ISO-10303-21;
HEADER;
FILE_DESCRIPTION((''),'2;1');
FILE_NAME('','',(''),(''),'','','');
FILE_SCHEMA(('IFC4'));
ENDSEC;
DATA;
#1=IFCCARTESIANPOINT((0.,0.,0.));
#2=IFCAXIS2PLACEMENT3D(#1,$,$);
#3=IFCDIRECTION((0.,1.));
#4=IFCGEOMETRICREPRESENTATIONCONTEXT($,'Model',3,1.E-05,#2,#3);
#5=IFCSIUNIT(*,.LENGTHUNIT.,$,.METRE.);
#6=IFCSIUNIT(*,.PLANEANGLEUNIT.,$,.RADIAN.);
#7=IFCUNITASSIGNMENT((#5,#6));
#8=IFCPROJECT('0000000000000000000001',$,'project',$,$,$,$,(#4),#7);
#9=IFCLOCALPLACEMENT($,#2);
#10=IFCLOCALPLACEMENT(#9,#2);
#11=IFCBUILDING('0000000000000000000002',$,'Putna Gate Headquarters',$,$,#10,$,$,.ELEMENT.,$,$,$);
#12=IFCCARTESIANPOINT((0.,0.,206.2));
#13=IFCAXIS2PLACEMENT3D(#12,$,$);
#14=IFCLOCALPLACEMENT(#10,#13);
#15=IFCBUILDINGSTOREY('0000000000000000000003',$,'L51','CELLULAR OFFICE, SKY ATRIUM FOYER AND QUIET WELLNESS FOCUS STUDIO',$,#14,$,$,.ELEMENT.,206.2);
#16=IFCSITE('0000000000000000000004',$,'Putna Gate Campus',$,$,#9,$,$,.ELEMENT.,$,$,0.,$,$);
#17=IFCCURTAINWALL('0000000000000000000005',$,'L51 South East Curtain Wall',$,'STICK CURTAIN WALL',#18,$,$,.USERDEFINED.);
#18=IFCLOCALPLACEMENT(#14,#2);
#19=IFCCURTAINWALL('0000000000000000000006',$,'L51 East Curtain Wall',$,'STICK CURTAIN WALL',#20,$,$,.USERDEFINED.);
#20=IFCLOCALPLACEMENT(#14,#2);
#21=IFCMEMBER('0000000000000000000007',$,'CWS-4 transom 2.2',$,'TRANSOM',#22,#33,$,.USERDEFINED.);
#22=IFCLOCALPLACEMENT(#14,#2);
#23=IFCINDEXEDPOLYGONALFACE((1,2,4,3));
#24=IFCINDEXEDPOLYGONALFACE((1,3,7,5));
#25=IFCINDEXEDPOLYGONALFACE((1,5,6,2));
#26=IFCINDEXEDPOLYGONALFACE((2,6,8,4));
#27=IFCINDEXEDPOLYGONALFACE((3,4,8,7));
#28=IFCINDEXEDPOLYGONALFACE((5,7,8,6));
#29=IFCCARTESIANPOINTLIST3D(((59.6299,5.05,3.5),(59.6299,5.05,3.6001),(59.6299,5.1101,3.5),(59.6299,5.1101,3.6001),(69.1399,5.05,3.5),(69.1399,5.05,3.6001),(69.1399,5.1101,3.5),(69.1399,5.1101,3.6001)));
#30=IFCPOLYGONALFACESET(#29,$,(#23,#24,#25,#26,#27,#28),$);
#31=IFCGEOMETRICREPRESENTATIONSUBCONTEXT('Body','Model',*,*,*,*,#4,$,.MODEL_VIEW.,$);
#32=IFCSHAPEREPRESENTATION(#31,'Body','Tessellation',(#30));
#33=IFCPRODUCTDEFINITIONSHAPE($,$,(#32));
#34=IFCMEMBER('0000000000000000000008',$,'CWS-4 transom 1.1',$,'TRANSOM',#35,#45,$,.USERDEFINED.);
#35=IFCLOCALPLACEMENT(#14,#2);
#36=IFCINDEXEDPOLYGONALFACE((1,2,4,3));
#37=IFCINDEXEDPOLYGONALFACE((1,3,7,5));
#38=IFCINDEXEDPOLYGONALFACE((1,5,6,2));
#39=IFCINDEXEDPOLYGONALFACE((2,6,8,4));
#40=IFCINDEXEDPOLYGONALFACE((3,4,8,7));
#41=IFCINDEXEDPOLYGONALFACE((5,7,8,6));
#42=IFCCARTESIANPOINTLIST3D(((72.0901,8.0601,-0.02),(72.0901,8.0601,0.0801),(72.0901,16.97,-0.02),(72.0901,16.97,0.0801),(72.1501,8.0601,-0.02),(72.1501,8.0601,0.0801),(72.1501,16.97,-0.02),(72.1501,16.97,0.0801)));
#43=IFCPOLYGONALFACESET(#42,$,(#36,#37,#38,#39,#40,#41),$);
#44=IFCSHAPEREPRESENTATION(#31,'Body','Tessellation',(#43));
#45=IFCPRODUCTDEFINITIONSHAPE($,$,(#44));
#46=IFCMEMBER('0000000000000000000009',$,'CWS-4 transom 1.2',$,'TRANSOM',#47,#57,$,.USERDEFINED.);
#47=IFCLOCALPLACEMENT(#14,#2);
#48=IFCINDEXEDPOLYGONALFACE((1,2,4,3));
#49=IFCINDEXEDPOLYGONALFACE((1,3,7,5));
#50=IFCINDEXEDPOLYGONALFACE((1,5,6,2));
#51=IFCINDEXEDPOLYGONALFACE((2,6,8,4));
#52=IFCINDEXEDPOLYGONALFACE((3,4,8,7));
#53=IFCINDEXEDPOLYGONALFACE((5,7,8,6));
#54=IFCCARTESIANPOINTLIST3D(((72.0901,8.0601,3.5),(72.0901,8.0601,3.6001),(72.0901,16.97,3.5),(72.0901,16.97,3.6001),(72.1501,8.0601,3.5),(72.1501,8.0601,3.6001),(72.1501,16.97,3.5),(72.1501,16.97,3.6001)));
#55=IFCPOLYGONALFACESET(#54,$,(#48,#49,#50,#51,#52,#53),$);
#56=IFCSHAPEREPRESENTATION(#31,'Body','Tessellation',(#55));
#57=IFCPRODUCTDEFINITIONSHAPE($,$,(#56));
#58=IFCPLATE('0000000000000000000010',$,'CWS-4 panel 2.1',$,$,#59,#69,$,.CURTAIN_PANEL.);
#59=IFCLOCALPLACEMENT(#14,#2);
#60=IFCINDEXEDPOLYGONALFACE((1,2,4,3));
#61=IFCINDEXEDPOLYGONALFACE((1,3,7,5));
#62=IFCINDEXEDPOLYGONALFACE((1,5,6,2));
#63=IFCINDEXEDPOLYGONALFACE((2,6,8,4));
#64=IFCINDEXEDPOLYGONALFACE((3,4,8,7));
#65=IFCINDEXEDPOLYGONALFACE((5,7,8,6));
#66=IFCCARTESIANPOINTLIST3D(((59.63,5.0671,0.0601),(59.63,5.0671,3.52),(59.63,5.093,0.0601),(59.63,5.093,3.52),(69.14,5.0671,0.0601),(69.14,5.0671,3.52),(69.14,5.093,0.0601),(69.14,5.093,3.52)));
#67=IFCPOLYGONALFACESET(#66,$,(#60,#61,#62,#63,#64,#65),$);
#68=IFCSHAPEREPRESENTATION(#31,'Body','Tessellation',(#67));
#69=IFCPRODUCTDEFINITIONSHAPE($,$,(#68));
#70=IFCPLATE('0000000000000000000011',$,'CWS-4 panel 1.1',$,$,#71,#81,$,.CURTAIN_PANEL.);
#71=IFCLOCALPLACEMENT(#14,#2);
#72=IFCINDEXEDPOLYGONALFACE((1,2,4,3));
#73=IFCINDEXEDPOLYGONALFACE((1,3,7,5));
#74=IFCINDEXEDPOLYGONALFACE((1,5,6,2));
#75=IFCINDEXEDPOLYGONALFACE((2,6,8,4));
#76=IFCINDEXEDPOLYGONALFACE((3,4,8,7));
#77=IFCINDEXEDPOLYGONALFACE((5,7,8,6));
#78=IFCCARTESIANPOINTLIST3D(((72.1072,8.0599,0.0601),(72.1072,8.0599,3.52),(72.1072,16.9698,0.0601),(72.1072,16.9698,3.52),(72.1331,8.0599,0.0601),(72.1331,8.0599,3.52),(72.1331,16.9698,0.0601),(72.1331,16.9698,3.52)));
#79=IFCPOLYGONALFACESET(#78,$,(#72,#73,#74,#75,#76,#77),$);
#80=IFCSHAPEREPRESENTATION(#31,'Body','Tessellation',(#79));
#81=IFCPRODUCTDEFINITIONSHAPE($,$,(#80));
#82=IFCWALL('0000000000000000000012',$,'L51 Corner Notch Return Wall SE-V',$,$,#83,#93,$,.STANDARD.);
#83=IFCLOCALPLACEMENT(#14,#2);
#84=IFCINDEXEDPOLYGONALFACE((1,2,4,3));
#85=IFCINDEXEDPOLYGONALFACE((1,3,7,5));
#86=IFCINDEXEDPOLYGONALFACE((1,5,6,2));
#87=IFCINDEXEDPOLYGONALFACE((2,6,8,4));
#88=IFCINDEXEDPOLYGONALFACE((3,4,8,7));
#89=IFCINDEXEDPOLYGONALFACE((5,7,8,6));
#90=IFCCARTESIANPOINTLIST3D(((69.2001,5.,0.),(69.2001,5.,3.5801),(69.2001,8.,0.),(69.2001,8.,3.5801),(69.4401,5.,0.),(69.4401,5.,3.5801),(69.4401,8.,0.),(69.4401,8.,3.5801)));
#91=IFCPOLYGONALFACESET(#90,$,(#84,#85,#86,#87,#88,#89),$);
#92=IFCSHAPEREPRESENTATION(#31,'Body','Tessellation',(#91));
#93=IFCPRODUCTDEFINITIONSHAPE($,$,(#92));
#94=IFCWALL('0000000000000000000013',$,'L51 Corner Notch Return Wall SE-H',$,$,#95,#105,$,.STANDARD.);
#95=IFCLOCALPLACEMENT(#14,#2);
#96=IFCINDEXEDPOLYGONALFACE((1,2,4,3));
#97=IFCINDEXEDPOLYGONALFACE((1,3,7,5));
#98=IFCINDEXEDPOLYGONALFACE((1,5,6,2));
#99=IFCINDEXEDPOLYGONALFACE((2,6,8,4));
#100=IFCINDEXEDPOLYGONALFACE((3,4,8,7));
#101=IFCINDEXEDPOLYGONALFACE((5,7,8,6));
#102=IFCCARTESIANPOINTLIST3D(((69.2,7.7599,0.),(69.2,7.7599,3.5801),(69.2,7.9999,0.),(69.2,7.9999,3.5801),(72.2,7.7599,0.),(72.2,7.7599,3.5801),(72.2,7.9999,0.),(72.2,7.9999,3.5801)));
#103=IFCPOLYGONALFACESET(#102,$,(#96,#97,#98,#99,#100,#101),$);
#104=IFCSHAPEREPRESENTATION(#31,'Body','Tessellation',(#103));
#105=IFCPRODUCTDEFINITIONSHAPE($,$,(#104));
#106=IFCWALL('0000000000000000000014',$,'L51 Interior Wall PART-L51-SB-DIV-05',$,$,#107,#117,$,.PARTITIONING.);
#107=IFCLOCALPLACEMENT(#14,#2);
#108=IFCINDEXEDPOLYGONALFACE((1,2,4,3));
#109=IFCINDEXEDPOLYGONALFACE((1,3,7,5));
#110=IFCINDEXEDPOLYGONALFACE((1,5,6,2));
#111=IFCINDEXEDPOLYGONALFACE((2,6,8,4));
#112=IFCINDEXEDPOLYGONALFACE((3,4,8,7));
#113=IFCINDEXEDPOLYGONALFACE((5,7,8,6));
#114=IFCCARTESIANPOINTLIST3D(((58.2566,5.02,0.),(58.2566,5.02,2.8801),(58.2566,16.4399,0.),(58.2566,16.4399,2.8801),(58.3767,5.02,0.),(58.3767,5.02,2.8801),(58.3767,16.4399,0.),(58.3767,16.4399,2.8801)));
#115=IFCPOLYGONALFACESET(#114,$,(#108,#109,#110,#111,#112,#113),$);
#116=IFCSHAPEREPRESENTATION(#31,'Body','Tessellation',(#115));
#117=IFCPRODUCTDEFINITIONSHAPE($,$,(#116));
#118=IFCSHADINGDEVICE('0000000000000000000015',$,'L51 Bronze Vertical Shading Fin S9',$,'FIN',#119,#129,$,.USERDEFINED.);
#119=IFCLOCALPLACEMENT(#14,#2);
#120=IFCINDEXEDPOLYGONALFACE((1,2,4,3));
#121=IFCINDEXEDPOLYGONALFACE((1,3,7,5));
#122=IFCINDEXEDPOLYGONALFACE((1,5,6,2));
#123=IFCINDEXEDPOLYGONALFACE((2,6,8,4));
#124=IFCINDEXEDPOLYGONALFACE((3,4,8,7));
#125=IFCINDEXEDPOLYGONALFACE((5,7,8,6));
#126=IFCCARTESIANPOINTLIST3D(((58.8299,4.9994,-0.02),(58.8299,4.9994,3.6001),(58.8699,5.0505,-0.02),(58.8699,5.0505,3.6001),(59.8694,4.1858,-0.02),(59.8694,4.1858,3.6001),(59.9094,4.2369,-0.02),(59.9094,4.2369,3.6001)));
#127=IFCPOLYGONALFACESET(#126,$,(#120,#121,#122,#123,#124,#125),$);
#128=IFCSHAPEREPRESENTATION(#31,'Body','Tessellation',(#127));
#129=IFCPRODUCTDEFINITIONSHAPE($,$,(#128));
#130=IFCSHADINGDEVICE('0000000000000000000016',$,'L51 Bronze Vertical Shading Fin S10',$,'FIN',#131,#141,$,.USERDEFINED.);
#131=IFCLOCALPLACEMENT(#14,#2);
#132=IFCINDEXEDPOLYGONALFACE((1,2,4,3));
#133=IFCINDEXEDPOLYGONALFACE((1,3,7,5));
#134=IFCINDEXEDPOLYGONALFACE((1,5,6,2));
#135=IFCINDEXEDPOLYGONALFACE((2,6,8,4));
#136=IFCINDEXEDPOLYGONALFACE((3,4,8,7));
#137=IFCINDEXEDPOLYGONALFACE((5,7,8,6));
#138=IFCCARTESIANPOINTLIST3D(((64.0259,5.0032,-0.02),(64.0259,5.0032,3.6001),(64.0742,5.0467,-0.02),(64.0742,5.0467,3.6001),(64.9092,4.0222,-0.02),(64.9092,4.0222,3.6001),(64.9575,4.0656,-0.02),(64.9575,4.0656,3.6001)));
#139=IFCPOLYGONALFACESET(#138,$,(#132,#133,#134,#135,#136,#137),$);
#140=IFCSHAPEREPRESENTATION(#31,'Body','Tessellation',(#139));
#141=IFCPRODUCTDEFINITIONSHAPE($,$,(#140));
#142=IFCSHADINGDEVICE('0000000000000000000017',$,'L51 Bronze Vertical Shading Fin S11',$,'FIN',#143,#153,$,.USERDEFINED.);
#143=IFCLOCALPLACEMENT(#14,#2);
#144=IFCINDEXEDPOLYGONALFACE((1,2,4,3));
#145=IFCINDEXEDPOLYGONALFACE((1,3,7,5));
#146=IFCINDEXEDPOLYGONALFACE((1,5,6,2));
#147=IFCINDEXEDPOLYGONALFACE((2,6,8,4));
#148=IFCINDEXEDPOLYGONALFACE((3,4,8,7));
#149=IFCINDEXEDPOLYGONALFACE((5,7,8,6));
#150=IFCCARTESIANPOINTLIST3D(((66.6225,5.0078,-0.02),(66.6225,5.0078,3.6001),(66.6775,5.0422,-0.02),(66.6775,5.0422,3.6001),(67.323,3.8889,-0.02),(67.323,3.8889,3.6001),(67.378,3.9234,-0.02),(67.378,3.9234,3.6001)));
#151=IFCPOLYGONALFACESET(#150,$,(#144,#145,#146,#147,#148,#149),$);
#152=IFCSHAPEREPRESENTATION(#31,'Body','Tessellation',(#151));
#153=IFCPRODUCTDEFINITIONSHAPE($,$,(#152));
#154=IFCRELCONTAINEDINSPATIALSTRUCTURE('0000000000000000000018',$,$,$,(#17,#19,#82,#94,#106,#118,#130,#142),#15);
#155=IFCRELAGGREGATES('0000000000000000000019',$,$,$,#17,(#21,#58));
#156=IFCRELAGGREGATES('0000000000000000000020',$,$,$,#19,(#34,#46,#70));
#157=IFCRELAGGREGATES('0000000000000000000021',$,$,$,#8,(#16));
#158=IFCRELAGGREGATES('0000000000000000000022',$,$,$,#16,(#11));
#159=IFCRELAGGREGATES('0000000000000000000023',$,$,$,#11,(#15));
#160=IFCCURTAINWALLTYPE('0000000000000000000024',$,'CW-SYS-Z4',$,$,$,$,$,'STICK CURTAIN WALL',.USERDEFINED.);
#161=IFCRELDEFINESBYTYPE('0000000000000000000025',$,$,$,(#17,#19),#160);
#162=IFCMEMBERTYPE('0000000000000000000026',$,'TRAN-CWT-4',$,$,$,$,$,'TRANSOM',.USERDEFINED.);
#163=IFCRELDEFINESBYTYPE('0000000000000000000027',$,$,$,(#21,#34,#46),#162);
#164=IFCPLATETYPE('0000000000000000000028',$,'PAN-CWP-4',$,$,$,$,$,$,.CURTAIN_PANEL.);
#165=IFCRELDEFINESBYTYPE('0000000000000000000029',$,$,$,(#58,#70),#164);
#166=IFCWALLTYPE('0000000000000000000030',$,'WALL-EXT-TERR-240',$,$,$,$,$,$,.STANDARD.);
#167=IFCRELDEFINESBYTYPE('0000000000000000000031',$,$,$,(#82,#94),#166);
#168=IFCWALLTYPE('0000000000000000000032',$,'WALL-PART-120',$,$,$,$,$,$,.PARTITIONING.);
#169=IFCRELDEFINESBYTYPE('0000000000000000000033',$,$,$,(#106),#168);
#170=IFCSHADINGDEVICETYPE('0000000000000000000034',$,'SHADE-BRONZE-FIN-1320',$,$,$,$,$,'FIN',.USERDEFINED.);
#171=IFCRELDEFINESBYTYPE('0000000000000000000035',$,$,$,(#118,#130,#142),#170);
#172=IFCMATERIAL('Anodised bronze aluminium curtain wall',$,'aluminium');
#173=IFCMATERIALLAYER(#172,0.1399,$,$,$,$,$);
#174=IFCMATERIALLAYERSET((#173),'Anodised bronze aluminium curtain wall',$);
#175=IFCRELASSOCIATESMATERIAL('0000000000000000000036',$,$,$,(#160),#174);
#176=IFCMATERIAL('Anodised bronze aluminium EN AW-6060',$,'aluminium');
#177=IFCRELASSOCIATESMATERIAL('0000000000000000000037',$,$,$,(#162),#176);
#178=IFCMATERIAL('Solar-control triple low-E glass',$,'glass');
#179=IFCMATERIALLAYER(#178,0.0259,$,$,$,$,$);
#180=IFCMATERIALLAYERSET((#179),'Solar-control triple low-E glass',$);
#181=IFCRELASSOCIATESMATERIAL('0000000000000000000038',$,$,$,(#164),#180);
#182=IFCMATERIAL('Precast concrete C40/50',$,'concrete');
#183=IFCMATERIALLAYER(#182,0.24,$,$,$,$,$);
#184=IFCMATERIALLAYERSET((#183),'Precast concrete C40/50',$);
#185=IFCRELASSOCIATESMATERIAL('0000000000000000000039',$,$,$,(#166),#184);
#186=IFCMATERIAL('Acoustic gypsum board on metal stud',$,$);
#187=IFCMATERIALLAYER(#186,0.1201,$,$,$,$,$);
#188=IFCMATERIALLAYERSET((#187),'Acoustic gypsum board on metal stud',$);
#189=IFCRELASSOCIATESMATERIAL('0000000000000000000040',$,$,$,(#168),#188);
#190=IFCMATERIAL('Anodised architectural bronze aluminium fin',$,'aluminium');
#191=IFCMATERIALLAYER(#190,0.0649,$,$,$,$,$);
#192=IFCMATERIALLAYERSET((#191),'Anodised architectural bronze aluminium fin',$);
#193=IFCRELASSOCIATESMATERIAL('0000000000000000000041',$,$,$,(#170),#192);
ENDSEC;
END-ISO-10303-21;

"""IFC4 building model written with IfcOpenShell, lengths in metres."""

from ifc_helpers import new_model, si_unit, direction, frame, frame_2d, origin, origin_2d, place, context, subcontext, project, spatial, rectangle, extrude, material, layer, layer_set, material_profile, profile_set, type_object, element, aggregate, save


model = new_model("IFC4")

# Units and contexts
model_context = context("Model", 3, precision=1e-05, world=origin(), true_north=direction((0.0, 1.0)))
body_context = subcontext(model_context, "Body", "Model", "MODEL_VIEW")
ifc_project = project(units=[si_unit("LENGTHUNIT", "METRE"), si_unit("PLANEANGLEUNIT", "RADIAN")], contexts=[model_context])

# Site, building, storey
site_placement = place(None, origin())
site = spatial("IfcSite", under=ifc_project, at=site_placement, Name="Putna Gate Campus", CompositionType="ELEMENT", RefElevation=0.0)
building_placement = place(site_placement, origin())
building = spatial("IfcBuilding", under=site, at=building_placement, Name="Putna Gate Headquarters", CompositionType="ELEMENT")
storey_placement = place(building_placement, frame((0.0, 0.0, 206.2)))
storey = spatial("IfcBuildingStorey", under=building, at=storey_placement, Name="L51", Description="CELLULAR OFFICE, SKY ATRIUM FOYER AND QUIET WELLNESS FOCUS STUDIO", CompositionType="ELEMENT", Elevation=206.2)

# Curtain wall
ifc_material_1 = material(Name="Anodised bronze aluminium curtain wall", Category="aluminium")
ifc_layer_1 = layer(ifc_material_1, 0.1399)
ifc_layer_set_1 = layer_set([ifc_layer_1], Name="Anodised bronze aluminium curtain wall")
curtain_wall_type = type_object("IfcCurtainWallType", Name="CW-SYS-Z4", ElementType="STICK CURTAIN WALL", PredefinedType="USERDEFINED", material=ifc_layer_set_1)
curtain_wall_1_placement = place(storey_placement, origin())
curtain_wall_1 = element("IfcCurtainWall", 1, at=curtain_wall_1_placement, inside=storey, type_object=curtain_wall_type, Name="L51 South East Curtain Wall", ObjectType="STICK CURTAIN WALL", PredefinedType="USERDEFINED")
ifc_material_2 = material(Name="Anodised bronze aluminium EN AW-6060", Category="aluminium")

# Curtain wall
curtain_wall_2_placement = place(storey_placement, origin())
curtain_wall_2 = element("IfcCurtainWall", 2, at=curtain_wall_2_placement, inside=storey, type_object=curtain_wall_type, Name="L51 East Curtain Wall", ObjectType="STICK CURTAIN WALL", PredefinedType="USERDEFINED")

# Members
ifc_material_profile_1 = material_profile(ifc_material_2, rectangle(XDim=0.0601, YDim=0.1001, at=origin_2d()), Name="Anodised bronze aluminium EN AW-6060")
ifc_profile_set_1 = profile_set([ifc_material_profile_1], Name="Anodised bronze aluminium EN AW-6060")
member_type_1 = type_object("IfcMemberType", Name="TRAN-CWT-4", ElementType="TRANSOM", PredefinedType="USERDEFINED", material=ifc_profile_set_1)
member_1_placement = place(storey_placement, frame((59.6299, 5.0801, 3.55), z_axis=(1.0, 0.0, 0.0), x_axis=(0.0, 1.0, 0.0)))
member_1 = element("IfcMember", 3, at=member_1_placement, type_object=member_type_1, Name="CWS-4 transom 2.2", ObjectType="TRANSOM", PredefinedType="USERDEFINED", context=body_context, shape_type="SweptSolid", body=[
    extrude(rectangle(XDim=0.0601, YDim=0.1001, at=origin_2d()), origin(), (0.0, 0.0, 1.0), 9.51),
])
member_2_placement = place(storey_placement, frame((72.1201, 8.0601, 0.03), z_axis=(0.0, 1.0, 0.0), x_axis=(-1.0, 0.0, 0.0)))
member_2 = element("IfcMember", 4, at=member_2_placement, type_object=member_type_1, Name="CWS-4 transom 1.1", ObjectType="TRANSOM", PredefinedType="USERDEFINED", context=body_context, shape_type="SweptSolid", body=[
    extrude(rectangle(XDim=0.0601, YDim=0.1001, at=origin_2d()), origin(), (0.0, 0.0, 1.0), 8.9099),
])
member_3_placement = place(storey_placement, frame((72.1201, 8.0601, 3.55), z_axis=(0.0, 1.0, 0.0), x_axis=(-1.0, 0.0, 0.0)))
member_3 = element("IfcMember", 5, at=member_3_placement, type_object=member_type_1, Name="CWS-4 transom 1.2", ObjectType="TRANSOM", PredefinedType="USERDEFINED", context=body_context, shape_type="SweptSolid", body=[
    extrude(rectangle(XDim=0.0601, YDim=0.1001, at=origin_2d()), origin(), (0.0, 0.0, 1.0), 8.9099),
])

# Plates
ifc_material_3 = material(Name="Solar-control triple low-E glass", Category="glass")
ifc_layer_2 = layer(ifc_material_3, 0.0259)
ifc_layer_set_2 = layer_set([ifc_layer_2], Name="Solar-control triple low-E glass")
plate_type = type_object("IfcPlateType", Name="PAN-CWP-4", PredefinedType="CURTAIN_PANEL", material=ifc_layer_set_2)
plate_1_placement = place(storey_placement, frame((64.385, 5.0801, 0.0601), z_axis=(0.0, 0.0, 1.0), x_axis=(1.0, 0.0, 0.0)))
plate_1 = element("IfcPlate", 6, at=plate_1_placement, type_object=plate_type, Name="CWS-4 panel 2.1", PredefinedType="CURTAIN_PANEL", context=body_context, shape_type="SweptSolid", body=[
    extrude(rectangle(XDim=9.51, YDim=0.0259, at=origin_2d()), origin(), (0.0, 0.0, 1.0), 3.46),
])
aggregate(curtain_wall_1, [member_1, plate_1])
plate_2_placement = place(storey_placement, frame((72.1201, 12.5149, 0.0601), z_axis=(0.0, 0.0, 1.0), x_axis=(0.0, 1.0, 0.0)))
plate_2 = element("IfcPlate", 7, at=plate_2_placement, type_object=plate_type, Name="CWS-4 panel 1.1", PredefinedType="CURTAIN_PANEL", context=body_context, shape_type="SweptSolid", body=[
    extrude(rectangle(XDim=8.9099, YDim=0.0259, at=origin_2d()), origin(), (0.0, 0.0, 1.0), 3.46),
])
aggregate(curtain_wall_2, [member_2, member_3, plate_2])

# Walls
ifc_material_4 = material(Name="Precast concrete C40/50", Category="concrete")
ifc_layer_3 = layer(ifc_material_4, 0.24)
ifc_layer_set_3 = layer_set([ifc_layer_3], Name="Precast concrete C40/50")
wall_type_1 = type_object("IfcWallType", Name="WALL-EXT-TERR-240", PredefinedType="STANDARD", material=ifc_layer_set_3)
for number, where, z_axis, x_axis, name in (
    (8, (69.3201, 8.0, 0.0), (0.0, 0.0, 1.0), (0.0, -1.0, 0.0), "L51 Corner Notch Return Wall SE-V"),
    (9, (72.2, 7.8799, 0.0), (0.0, 0.0, 1.0), (-1.0, 0.0, 0.0), "L51 Corner Notch Return Wall SE-H"),
):
    element("IfcWall", number, at=place(storey_placement, frame(where, z_axis=z_axis, x_axis=x_axis)), inside=storey, type_object=wall_type_1, Name=name, PredefinedType="STANDARD", context=body_context, shape_type="SweptSolid", body=[
        extrude(rectangle(XDim=3.0, YDim=0.24, at=frame_2d((1.5, 0.0))), origin(), (0.0, 0.0, 1.0), 3.5801),
    ])
ifc_material_5 = material(Name="Acoustic gypsum board on metal stud")
ifc_layer_4 = layer(ifc_material_5, 0.1201)
ifc_layer_set_4 = layer_set([ifc_layer_4], Name="Acoustic gypsum board on metal stud")
wall_type_2 = type_object("IfcWallType", Name="WALL-PART-120", PredefinedType="PARTITIONING", material=ifc_layer_set_4)
wall_placement = place(storey_placement, frame((58.3167, 5.02, 0.0), z_axis=(0.0, 0.0, 1.0), x_axis=(0.0, 1.0, 0.0)))
element("IfcWall", 10, at=wall_placement, inside=storey, type_object=wall_type_2, Name="L51 Interior Wall PART-L51-SB-DIV-05", PredefinedType="PARTITIONING", context=body_context, shape_type="SweptSolid", body=[
    extrude(rectangle(XDim=11.4199, YDim=0.1201, at=frame_2d((5.71, 0.0))), origin(), (0.0, 0.0, 1.0), 2.8801),
])

# Shading devices
ifc_material_6 = material(Name="Anodised architectural bronze aluminium fin", Category="aluminium")
ifc_layer_5 = layer(ifc_material_6, 0.0649)
ifc_layer_set_5 = layer_set([ifc_layer_5], Name="Anodised architectural bronze aluminium fin")
shading_device_type = type_object("IfcShadingDeviceType", Name="SHADE-BRONZE-FIN-1320", ElementType="FIN", PredefinedType="USERDEFINED", material=ifc_layer_set_5)
for number, where, z_axis, x_axis, name in (
    (11, (59.3696, 4.6182, -0.02), (0.0, 0.0, 1.0), (0.787473, -0.616349, 0.0), "L51 Bronze Vertical Shading Fin S9"),
    (12, (64.4917, 4.5344, -0.02), (0.0, 0.0, 1.0), (0.669131, -0.743145, 0.0), "L51 Bronze Vertical Shading Fin S10"),
    (13, (67.0002, 4.4656, -0.02), (0.0, 0.0, 1.0), (0.530659, -0.847585, 0.0), "L51 Bronze Vertical Shading Fin S11"),
):
    element("IfcShadingDevice", number, at=place(storey_placement, frame(where, z_axis=z_axis, x_axis=x_axis)), inside=storey, type_object=shading_device_type, Name=name, ObjectType="FIN", PredefinedType="USERDEFINED", context=body_context, shape_type="SweptSolid", body=[
        extrude(rectangle(XDim=1.3201, YDim=0.0649, at=origin_2d()), origin(), (0.0, 0.0, 1.0), 3.6201),
    ])

save(model, "model.ifc")
